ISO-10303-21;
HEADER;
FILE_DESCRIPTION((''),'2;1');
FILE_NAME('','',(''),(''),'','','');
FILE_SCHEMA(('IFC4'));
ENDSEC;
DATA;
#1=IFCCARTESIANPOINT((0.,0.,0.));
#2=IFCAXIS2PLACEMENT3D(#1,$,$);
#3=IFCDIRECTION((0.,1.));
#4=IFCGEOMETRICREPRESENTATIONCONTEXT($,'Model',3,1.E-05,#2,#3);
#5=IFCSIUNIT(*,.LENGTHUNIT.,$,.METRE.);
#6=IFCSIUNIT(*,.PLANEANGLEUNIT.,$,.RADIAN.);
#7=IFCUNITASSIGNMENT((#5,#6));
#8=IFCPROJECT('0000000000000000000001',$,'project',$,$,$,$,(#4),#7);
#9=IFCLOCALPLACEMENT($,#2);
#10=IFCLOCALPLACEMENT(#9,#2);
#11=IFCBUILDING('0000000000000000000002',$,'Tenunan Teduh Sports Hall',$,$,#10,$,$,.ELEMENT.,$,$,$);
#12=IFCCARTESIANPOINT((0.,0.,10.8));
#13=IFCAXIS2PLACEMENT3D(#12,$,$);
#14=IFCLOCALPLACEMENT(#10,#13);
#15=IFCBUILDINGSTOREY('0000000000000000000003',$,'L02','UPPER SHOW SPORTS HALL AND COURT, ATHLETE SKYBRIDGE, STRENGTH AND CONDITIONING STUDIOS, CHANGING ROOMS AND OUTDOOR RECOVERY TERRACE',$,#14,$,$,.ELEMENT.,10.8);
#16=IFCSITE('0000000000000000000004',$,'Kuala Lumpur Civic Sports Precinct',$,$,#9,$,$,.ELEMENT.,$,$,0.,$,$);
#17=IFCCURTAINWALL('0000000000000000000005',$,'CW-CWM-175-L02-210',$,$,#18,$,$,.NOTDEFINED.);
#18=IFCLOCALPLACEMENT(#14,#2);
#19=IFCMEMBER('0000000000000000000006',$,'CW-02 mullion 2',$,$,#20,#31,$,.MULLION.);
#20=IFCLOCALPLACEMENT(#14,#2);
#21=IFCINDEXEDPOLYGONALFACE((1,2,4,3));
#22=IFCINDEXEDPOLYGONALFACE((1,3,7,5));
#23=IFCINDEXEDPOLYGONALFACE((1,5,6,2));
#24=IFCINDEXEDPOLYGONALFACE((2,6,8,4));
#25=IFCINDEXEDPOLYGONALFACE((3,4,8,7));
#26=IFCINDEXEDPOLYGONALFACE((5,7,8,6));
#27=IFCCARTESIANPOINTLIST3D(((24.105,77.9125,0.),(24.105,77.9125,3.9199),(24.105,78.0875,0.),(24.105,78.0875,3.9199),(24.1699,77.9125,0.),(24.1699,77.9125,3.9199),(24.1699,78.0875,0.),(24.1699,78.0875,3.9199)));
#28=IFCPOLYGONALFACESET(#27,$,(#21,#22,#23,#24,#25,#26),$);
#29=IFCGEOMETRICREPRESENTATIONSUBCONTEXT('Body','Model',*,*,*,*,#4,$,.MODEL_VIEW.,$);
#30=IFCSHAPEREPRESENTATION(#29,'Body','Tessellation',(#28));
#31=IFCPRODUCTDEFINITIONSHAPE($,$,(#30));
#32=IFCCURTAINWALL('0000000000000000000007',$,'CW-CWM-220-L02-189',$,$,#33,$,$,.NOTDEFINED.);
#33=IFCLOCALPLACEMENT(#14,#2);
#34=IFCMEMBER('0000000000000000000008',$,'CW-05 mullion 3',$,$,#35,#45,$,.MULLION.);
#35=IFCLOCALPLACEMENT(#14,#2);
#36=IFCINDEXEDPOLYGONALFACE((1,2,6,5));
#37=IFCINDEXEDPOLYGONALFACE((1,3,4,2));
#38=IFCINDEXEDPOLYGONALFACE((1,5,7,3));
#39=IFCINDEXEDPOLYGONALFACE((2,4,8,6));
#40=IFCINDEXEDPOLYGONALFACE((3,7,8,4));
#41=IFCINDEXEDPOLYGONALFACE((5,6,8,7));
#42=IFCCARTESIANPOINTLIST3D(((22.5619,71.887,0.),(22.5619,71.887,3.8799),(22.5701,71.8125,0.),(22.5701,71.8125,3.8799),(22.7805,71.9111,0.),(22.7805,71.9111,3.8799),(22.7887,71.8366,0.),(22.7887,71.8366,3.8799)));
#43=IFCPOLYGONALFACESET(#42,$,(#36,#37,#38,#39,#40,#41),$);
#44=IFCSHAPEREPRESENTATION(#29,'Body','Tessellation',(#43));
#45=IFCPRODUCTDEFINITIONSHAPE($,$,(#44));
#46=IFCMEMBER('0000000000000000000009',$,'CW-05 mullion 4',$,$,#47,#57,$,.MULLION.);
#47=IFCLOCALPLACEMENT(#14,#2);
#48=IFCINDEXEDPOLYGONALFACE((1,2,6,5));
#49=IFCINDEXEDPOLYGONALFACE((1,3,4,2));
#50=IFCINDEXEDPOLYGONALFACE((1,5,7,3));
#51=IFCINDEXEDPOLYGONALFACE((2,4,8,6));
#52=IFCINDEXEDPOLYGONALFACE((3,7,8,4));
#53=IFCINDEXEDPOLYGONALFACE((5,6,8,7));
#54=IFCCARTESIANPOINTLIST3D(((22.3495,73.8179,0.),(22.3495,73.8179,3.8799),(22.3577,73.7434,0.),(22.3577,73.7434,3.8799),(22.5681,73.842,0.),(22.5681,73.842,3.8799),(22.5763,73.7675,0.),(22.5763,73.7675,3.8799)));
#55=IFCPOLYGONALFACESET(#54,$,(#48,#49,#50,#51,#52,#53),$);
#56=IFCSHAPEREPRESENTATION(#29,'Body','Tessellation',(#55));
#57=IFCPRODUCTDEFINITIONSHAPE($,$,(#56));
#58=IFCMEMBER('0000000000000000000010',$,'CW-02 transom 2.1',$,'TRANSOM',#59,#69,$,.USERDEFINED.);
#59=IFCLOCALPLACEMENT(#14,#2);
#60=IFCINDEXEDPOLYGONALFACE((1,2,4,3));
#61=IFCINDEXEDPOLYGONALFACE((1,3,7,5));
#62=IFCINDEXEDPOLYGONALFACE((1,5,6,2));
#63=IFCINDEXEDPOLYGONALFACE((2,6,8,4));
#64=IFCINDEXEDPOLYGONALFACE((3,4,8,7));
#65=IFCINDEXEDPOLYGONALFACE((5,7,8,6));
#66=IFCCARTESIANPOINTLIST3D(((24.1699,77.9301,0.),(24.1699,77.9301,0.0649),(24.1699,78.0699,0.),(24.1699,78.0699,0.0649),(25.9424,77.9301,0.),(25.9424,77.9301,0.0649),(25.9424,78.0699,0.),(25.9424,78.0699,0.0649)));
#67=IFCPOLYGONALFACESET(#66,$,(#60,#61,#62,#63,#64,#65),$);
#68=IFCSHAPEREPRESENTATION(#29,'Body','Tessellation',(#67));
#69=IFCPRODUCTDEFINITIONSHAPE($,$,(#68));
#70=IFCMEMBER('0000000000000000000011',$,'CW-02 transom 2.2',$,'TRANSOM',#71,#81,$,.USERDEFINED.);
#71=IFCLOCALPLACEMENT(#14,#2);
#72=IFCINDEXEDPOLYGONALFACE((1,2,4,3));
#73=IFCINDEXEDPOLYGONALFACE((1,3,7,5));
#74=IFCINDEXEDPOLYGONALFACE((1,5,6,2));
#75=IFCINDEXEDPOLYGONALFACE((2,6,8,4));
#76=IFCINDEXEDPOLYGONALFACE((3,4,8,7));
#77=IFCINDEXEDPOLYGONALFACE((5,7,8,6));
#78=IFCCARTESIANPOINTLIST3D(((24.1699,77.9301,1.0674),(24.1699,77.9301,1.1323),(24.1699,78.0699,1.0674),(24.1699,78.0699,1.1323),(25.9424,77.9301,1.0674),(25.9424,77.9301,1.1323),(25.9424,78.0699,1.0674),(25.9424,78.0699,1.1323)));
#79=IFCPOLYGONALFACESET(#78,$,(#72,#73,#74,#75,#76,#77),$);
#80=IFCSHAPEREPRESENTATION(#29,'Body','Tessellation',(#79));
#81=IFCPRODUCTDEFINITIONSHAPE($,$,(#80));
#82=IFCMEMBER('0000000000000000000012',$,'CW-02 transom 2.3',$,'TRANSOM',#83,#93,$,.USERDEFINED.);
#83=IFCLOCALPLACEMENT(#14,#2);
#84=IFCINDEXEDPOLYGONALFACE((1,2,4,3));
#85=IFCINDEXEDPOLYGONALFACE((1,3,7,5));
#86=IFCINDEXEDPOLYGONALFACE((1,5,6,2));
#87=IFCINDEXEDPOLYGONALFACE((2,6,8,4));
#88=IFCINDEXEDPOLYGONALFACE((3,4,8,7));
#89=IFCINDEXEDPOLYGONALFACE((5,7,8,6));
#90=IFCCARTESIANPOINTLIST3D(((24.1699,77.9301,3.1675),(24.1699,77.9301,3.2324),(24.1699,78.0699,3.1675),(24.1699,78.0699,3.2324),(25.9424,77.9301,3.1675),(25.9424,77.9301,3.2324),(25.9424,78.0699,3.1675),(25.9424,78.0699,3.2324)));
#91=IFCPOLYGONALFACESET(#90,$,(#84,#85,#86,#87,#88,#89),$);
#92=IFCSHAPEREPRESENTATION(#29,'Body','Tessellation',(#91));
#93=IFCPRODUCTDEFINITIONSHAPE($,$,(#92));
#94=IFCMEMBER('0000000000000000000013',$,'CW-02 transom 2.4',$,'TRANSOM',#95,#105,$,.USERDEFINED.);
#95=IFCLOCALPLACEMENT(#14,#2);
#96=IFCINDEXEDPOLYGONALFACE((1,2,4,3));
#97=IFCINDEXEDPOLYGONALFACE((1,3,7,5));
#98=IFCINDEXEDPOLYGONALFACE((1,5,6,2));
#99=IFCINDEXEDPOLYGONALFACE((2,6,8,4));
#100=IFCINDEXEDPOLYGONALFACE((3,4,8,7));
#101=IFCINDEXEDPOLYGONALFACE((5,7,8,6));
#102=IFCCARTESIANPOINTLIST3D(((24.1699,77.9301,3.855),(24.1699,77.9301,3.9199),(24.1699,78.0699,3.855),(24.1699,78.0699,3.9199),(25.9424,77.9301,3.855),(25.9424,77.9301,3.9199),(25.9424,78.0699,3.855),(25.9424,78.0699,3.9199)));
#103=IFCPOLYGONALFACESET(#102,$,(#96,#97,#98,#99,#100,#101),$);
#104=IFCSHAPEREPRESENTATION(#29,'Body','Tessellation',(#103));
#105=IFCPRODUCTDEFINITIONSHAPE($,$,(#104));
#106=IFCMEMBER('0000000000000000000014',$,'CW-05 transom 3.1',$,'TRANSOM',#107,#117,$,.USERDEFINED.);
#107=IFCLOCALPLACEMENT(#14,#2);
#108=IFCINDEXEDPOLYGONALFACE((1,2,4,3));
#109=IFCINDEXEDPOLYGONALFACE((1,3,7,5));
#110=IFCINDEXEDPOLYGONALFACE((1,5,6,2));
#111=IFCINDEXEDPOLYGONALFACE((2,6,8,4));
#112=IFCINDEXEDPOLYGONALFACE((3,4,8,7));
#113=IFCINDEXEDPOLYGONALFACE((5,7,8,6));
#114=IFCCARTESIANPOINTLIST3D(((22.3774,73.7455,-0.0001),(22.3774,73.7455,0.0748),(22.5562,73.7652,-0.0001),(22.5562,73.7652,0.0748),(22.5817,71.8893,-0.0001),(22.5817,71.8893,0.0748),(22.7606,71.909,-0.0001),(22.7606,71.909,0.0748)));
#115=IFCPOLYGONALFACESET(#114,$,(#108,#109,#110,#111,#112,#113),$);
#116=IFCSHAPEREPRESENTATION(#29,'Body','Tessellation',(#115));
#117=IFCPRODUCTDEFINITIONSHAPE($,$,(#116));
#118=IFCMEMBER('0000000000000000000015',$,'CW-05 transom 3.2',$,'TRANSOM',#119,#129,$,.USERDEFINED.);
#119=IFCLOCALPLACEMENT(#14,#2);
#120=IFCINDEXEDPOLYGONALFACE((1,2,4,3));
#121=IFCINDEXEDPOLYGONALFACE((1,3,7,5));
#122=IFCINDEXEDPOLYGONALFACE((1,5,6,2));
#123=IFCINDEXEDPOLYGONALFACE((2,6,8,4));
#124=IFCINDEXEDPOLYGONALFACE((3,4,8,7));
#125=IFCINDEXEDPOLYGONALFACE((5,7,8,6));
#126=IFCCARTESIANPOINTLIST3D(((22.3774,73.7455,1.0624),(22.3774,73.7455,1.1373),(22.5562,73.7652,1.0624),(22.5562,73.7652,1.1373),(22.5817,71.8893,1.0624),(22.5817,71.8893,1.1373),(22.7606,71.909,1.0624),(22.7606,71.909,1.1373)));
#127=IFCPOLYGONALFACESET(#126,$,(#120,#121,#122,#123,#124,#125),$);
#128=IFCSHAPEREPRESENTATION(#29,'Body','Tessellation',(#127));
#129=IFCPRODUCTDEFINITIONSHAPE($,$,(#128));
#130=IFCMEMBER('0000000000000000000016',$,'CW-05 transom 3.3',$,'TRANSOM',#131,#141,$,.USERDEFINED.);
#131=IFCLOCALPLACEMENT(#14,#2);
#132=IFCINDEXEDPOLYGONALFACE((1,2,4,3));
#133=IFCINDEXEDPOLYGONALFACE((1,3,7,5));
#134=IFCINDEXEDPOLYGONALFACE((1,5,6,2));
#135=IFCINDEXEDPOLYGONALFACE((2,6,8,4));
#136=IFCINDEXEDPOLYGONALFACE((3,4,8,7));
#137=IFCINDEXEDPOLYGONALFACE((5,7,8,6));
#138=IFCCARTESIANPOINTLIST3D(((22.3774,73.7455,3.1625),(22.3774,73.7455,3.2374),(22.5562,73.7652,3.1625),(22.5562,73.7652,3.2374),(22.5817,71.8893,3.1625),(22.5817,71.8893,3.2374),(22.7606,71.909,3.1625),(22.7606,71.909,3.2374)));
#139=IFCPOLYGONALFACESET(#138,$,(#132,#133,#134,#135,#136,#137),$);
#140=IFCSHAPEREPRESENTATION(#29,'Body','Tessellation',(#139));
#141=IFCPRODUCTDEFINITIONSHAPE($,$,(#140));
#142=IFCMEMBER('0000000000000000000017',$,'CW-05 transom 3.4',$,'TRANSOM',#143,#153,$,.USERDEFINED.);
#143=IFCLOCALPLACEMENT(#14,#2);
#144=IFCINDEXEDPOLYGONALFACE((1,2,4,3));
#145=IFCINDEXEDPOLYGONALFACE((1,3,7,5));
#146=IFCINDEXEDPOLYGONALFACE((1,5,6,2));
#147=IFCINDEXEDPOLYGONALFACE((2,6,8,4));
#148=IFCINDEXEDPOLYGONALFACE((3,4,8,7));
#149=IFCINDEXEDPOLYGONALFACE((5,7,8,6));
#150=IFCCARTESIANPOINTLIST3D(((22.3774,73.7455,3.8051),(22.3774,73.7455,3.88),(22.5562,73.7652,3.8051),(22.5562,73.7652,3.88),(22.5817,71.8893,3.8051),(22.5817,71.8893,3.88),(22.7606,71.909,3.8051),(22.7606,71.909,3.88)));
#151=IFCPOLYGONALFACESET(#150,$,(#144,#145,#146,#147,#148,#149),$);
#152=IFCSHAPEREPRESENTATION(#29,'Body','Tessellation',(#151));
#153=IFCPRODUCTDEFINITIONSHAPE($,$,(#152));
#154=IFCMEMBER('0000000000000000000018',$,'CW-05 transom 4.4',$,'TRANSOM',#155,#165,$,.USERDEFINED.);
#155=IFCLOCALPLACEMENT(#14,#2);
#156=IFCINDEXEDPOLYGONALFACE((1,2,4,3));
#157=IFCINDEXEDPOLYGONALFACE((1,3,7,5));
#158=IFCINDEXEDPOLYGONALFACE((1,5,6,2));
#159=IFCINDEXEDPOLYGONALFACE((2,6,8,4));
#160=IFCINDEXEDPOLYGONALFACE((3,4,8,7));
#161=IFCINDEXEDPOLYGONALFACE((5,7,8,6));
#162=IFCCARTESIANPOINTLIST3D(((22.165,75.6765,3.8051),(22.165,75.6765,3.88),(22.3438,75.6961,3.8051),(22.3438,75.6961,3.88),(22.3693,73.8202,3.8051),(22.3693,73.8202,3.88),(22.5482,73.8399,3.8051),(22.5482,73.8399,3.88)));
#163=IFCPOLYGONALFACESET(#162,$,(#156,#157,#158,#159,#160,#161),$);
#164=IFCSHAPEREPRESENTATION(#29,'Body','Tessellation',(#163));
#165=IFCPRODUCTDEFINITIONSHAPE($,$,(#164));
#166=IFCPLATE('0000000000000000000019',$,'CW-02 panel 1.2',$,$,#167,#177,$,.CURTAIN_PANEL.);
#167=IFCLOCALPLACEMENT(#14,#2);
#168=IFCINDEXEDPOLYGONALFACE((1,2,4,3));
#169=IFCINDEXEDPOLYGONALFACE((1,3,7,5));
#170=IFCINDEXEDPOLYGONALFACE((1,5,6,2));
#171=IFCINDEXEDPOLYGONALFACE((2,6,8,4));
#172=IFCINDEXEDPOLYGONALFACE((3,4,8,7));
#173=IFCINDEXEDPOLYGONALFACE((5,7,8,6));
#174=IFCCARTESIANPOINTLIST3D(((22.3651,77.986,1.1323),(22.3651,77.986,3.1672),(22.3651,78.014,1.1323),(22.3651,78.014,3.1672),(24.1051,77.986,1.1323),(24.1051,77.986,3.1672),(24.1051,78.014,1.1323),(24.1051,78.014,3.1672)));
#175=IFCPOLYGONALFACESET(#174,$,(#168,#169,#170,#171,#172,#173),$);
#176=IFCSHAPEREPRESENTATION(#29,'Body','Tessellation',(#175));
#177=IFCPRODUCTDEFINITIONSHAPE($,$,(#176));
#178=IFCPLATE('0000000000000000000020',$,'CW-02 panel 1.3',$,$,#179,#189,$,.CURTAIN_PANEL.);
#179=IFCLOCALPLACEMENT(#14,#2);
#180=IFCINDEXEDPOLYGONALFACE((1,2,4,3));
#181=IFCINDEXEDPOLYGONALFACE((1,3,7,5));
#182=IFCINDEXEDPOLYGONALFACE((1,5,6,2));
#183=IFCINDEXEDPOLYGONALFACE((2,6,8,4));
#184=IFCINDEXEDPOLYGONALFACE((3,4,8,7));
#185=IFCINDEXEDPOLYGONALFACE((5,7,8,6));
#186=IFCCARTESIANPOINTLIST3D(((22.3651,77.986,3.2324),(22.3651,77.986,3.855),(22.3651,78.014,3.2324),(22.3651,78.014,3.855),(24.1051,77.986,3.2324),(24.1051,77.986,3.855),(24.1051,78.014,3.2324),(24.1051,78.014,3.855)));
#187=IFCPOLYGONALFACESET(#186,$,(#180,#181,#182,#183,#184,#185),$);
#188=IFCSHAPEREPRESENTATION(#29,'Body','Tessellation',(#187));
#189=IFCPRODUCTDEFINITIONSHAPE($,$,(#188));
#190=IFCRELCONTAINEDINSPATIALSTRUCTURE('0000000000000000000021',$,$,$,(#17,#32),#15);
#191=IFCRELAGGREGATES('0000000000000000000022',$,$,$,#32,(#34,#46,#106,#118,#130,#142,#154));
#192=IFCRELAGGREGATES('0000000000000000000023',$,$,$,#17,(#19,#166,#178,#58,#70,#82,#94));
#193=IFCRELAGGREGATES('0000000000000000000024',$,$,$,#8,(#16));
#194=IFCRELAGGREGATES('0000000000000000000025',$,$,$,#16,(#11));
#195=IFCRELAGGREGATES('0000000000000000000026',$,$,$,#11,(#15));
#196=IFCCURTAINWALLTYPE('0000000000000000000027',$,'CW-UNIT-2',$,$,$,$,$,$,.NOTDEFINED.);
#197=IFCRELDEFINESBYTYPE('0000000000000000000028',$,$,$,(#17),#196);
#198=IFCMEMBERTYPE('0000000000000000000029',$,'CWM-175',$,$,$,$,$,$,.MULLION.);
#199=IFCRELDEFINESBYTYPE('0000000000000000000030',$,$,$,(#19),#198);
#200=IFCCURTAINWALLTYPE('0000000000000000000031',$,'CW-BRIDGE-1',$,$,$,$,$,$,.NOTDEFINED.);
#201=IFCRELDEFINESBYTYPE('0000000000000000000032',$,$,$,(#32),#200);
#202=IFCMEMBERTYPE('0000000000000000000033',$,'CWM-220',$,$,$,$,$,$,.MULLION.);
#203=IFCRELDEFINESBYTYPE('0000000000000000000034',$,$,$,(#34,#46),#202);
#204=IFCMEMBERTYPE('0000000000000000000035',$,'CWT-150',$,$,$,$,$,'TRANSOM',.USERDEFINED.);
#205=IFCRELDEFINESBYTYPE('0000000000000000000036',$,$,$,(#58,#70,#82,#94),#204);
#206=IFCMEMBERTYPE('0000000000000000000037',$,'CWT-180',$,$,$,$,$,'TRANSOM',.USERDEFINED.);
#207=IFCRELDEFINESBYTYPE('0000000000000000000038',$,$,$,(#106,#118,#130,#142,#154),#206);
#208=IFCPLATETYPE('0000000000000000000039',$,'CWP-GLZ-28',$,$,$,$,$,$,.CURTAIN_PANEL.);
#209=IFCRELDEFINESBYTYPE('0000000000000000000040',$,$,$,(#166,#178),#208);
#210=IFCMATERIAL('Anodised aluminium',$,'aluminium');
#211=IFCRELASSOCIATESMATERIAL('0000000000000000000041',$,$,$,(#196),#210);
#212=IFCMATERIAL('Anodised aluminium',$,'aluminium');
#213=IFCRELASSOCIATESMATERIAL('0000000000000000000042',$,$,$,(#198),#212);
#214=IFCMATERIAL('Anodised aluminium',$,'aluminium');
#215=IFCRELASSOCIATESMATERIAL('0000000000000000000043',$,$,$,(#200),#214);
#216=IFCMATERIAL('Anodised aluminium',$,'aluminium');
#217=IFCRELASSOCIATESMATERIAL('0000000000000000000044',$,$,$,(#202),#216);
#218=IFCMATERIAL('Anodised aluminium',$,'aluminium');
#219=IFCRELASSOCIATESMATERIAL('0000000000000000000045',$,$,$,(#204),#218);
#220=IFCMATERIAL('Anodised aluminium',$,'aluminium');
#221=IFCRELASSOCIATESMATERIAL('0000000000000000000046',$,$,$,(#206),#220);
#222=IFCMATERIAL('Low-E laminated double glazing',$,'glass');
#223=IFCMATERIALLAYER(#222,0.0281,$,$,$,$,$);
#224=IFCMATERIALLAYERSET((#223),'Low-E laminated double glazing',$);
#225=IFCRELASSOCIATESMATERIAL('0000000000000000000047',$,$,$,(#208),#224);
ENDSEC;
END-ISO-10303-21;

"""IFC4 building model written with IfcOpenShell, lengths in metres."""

from ifc_helpers import new_model, si_unit, direction, frame, origin, origin_2d, place, context, subcontext, project, spatial, rectangle, extrude, material, layer, layer_set, material_profile, profile_set, type_object, element, aggregate, save


model = new_model("IFC4")

# Units and contexts
model_context = context("Model", 3, precision=1e-05, world=origin(), true_north=direction((0.0, 1.0)))
body_context = subcontext(model_context, "Body", "Model", "MODEL_VIEW")
ifc_project = project(units=[si_unit("LENGTHUNIT", "METRE"), si_unit("PLANEANGLEUNIT", "RADIAN")], contexts=[model_context])

# Site, building, storey
site_placement = place(None, origin())
site = spatial("IfcSite", under=ifc_project, at=site_placement, Name="Kuala Lumpur Civic Sports Precinct", CompositionType="ELEMENT", RefElevation=0.0)
building_placement = place(site_placement, origin())
building = spatial("IfcBuilding", under=site, at=building_placement, Name="Tenunan Teduh Sports Hall", CompositionType="ELEMENT")
storey_placement = place(building_placement, frame((0.0, 0.0, 10.8)))
storey = spatial("IfcBuildingStorey", under=building, at=storey_placement, Name="L02", Description="UPPER SHOW SPORTS HALL AND COURT, ATHLETE SKYBRIDGE, STRENGTH AND CONDITIONING STUDIOS, CHANGING ROOMS AND OUTDOOR RECOVERY TERRACE", CompositionType="ELEMENT", Elevation=10.8)

# Curtain wall, member
ifc_material_1 = material(Name="Anodised aluminium", Category="aluminium")
curtain_wall_type_1 = type_object("IfcCurtainWallType", Name="CW-UNIT-2", PredefinedType="NOTDEFINED", material=ifc_material_1)
curtain_wall_1_placement = place(storey_placement, origin())
curtain_wall_1 = element("IfcCurtainWall", 1, at=curtain_wall_1_placement, inside=storey, type_object=curtain_wall_type_1, Name="CW-CWM-175-L02-210", PredefinedType="NOTDEFINED")
ifc_material_2 = material(Name="Anodised aluminium", Category="aluminium")
ifc_material_profile_1 = material_profile(ifc_material_2, rectangle(XDim=0.0649, YDim=0.175, at=origin_2d()), Name="CWM 65x175")
ifc_profile_set_1 = profile_set([ifc_material_profile_1], Name="Anodised aluminium")
member_type_1 = type_object("IfcMemberType", Name="CWM-175", PredefinedType="MULLION", material=ifc_profile_set_1)
member_1_placement = place(storey_placement, frame((24.1375, 78.0, 0.0), z_axis=(0.0, 0.0, 1.0), x_axis=(1.0, 0.0, 0.0)))
member_1 = element("IfcMember", 2, at=member_1_placement, type_object=member_type_1, Name="CW-02 mullion 2", PredefinedType="MULLION", context=body_context, shape_type="SweptSolid", body=[
    extrude(rectangle(XDim=0.0649, YDim=0.175, at=origin_2d()), origin(), (0.0, 0.0, 1.0), 3.9199),
])

# Curtain wall, members
ifc_material_3 = material(Name="Anodised aluminium", Category="aluminium")
curtain_wall_type_2 = type_object("IfcCurtainWallType", Name="CW-BRIDGE-1", PredefinedType="NOTDEFINED", material=ifc_material_3)
curtain_wall_2_placement = place(storey_placement, origin())
curtain_wall_2 = element("IfcCurtainWall", 3, at=curtain_wall_2_placement, inside=storey, type_object=curtain_wall_type_2, Name="CW-CWM-220-L02-189", PredefinedType="NOTDEFINED")
ifc_material_4 = material(Name="Anodised aluminium", Category="aluminium")
ifc_material_profile_2 = material_profile(ifc_material_4, rectangle(XDim=0.075, YDim=0.22, at=origin_2d()), Name="CWM 75x220")
ifc_profile_set_2 = profile_set([ifc_material_profile_2], Name="Anodised aluminium")
member_type_2 = type_object("IfcMemberType", Name="CWM-220", PredefinedType="MULLION", material=ifc_profile_set_2)
member_2_placement = place(storey_placement, frame((22.6753, 71.8618, 0.0), z_axis=(0.0, 0.0, 1.0), x_axis=(-0.109341, 0.994004, 0.0)))
member_2 = element("IfcMember", 4, at=member_2_placement, type_object=member_type_2, Name="CW-05 mullion 3", PredefinedType="MULLION", context=body_context, shape_type="SweptSolid", body=[
    extrude(rectangle(XDim=0.075, YDim=0.22, at=origin_2d()), origin(), (0.0, 0.0, 1.0), 3.8799),
])
member_3_placement = place(storey_placement, frame((22.4629, 73.7927, 0.0), z_axis=(0.0, 0.0, 1.0), x_axis=(-0.109341, 0.994004, 0.0)))
member_3 = element("IfcMember", 5, at=member_3_placement, type_object=member_type_2, Name="CW-05 mullion 4", PredefinedType="MULLION", context=body_context, shape_type="SweptSolid", body=[
    extrude(rectangle(XDim=0.075, YDim=0.22, at=origin_2d()), origin(), (0.0, 0.0, 1.0), 3.8799),
])

# Members
ifc_material_5 = material(Name="Anodised aluminium", Category="aluminium")
ifc_material_profile_3 = material_profile(ifc_material_5, rectangle(XDim=0.0649, YDim=0.1399, at=origin_2d()), Name="CWT 65x140")
ifc_profile_set_3 = profile_set([ifc_material_profile_3], Name="Anodised aluminium")
member_type_3 = type_object("IfcMemberType", Name="CWT-150", ElementType="TRANSOM", PredefinedType="USERDEFINED", material=ifc_profile_set_3)
member_4_placement = place(storey_placement, frame((24.1699, 78.0, 0.0325), z_axis=(1.0, 0.0, 0.0), x_axis=(0.0, 0.0, 1.0)))
member_4 = element("IfcMember", 6, at=member_4_placement, type_object=member_type_3, Name="CW-02 transom 2.1", ObjectType="TRANSOM", PredefinedType="USERDEFINED", context=body_context, shape_type="SweptSolid", body=[
    extrude(rectangle(XDim=0.0649, YDim=0.1399, at=origin_2d()), origin(), (0.0, 0.0, 1.0), 1.7725),
])
member_5_placement = place(storey_placement, frame((24.1699, 78.0, 1.0999), z_axis=(1.0, 0.0, 0.0), x_axis=(0.0, 0.0, 1.0)))
member_5 = element("IfcMember", 7, at=member_5_placement, type_object=member_type_3, Name="CW-02 transom 2.2", ObjectType="TRANSOM", PredefinedType="USERDEFINED", context=body_context, shape_type="SweptSolid", body=[
    extrude(rectangle(XDim=0.0649, YDim=0.1399, at=origin_2d()), origin(), (0.0, 0.0, 1.0), 1.7725),
])
member_6_placement = place(storey_placement, frame((24.1699, 78.0, 3.2), z_axis=(1.0, 0.0, 0.0), x_axis=(0.0, 0.0, 1.0)))
member_6 = element("IfcMember", 8, at=member_6_placement, type_object=member_type_3, Name="CW-02 transom 2.3", ObjectType="TRANSOM", PredefinedType="USERDEFINED", context=body_context, shape_type="SweptSolid", body=[
    extrude(rectangle(XDim=0.0649, YDim=0.1399, at=origin_2d()), origin(), (0.0, 0.0, 1.0), 1.7725),
])
member_7_placement = place(storey_placement, frame((24.1699, 78.0, 3.8875), z_axis=(1.0, 0.0, 0.0), x_axis=(0.0, 0.0, 1.0)))
member_7 = element("IfcMember", 9, at=member_7_placement, type_object=member_type_3, Name="CW-02 transom 2.4", ObjectType="TRANSOM", PredefinedType="USERDEFINED", context=body_context, shape_type="SweptSolid", body=[
    extrude(rectangle(XDim=0.0649, YDim=0.1399, at=origin_2d()), origin(), (0.0, 0.0, 1.0), 1.7725),
])
ifc_material_6 = material(Name="Anodised aluminium", Category="aluminium")
ifc_material_profile_4 = material_profile(ifc_material_6, rectangle(XDim=0.075, YDim=0.1799, at=origin_2d()), Name="CWT 75x180")
ifc_profile_set_4 = profile_set([ifc_material_profile_4], Name="Anodised aluminium")
member_type_4 = type_object("IfcMemberType", Name="CWT-180", ElementType="TRANSOM", PredefinedType="USERDEFINED", material=ifc_profile_set_4)
member_8_placement = place(storey_placement, frame((22.6711, 71.8992, 0.0374), z_axis=(-0.109427, 0.993995, 0.0), x_axis=(0.0, 0.0, 1.0)))
member_8 = element("IfcMember", 10, at=member_8_placement, type_object=member_type_4, Name="CW-05 transom 3.1", ObjectType="TRANSOM", PredefinedType="USERDEFINED", context=body_context, shape_type="SweptSolid", body=[
    extrude(rectangle(XDim=0.075, YDim=0.1799, at=origin_2d()), origin(), (0.0, 0.0, 1.0), 1.8674),
])
member_9_placement = place(storey_placement, frame((22.6711, 71.8992, 1.0999), z_axis=(-0.109427, 0.993995, 0.0), x_axis=(0.0, 0.0, 1.0)))
member_9 = element("IfcMember", 11, at=member_9_placement, type_object=member_type_4, Name="CW-05 transom 3.2", ObjectType="TRANSOM", PredefinedType="USERDEFINED", context=body_context, shape_type="SweptSolid", body=[
    extrude(rectangle(XDim=0.075, YDim=0.1799, at=origin_2d()), origin(), (0.0, 0.0, 1.0), 1.8674),
])
member_10_placement = place(storey_placement, frame((22.6711, 71.8992, 3.2), z_axis=(-0.109427, 0.993995, 0.0), x_axis=(0.0, 0.0, 1.0)))
member_10 = element("IfcMember", 12, at=member_10_placement, type_object=member_type_4, Name="CW-05 transom 3.3", ObjectType="TRANSOM", PredefinedType="USERDEFINED", context=body_context, shape_type="SweptSolid", body=[
    extrude(rectangle(XDim=0.075, YDim=0.1799, at=origin_2d()), origin(), (0.0, 0.0, 1.0), 1.8674),
])
member_11_placement = place(storey_placement, frame((22.6711, 71.8992, 3.8425), z_axis=(-0.109427, 0.993995, 0.0), x_axis=(0.0, 0.0, 1.0)))
member_11 = element("IfcMember", 13, at=member_11_placement, type_object=member_type_4, Name="CW-05 transom 3.4", ObjectType="TRANSOM", PredefinedType="USERDEFINED", context=body_context, shape_type="SweptSolid", body=[
    extrude(rectangle(XDim=0.075, YDim=0.1799, at=origin_2d()), origin(), (0.0, 0.0, 1.0), 1.8674),
])
member_12_placement = place(storey_placement, frame((22.4587, 73.8301, 3.8425), z_axis=(-0.109427, 0.993995, 0.0), x_axis=(0.0, 0.0, 1.0)))
member_12 = element("IfcMember", 14, at=member_12_placement, type_object=member_type_4, Name="CW-05 transom 4.4", ObjectType="TRANSOM", PredefinedType="USERDEFINED", context=body_context, shape_type="SweptSolid", body=[
    extrude(rectangle(XDim=0.075, YDim=0.1799, at=origin_2d()), origin(), (0.0, 0.0, 1.0), 1.8674),
])

# Plates
ifc_material_7 = material(Name="Low-E laminated double glazing", Category="glass")
ifc_layer_1 = layer(ifc_material_7, 0.0281)
ifc_layer_set_1 = layer_set([ifc_layer_1], Name="Low-E laminated double glazing")
plate_type_1 = type_object("IfcPlateType", Name="CWP-GLZ-28", PredefinedType="CURTAIN_PANEL", material=ifc_layer_set_1)
plate_1_placement = place(storey_placement, frame((23.2351, 78.0, 1.1323), z_axis=(0.0, 0.0, 1.0), x_axis=(1.0, 0.0, 0.0)))
plate_1 = element("IfcPlate", 15, at=plate_1_placement, type_object=plate_type_1, Name="CW-02 panel 1.2", PredefinedType="CURTAIN_PANEL", context=body_context, shape_type="SweptSolid", body=[
    extrude(rectangle(XDim=1.74, YDim=0.0281, at=origin_2d()), origin(), (0.0, 0.0, 1.0), 2.0349),
])
plate_2_placement = place(storey_placement, frame((23.2351, 78.0, 3.2324), z_axis=(0.0, 0.0, 1.0), x_axis=(1.0, 0.0, 0.0)))
plate_2 = element("IfcPlate", 16, at=plate_2_placement, type_object=plate_type_1, Name="CW-02 panel 1.3", PredefinedType="CURTAIN_PANEL", context=body_context, shape_type="SweptSolid", body=[
    extrude(rectangle(XDim=1.74, YDim=0.0281, at=origin_2d()), origin(), (0.0, 0.0, 1.0), 0.6226),
])
aggregate(curtain_wall_2, [member_2, member_3, member_8, member_9, member_10, member_11, member_12])
aggregate(curtain_wall_1, [member_1, plate_1, plate_2, member_4, member_5, member_6, member_7])

save(model, "model.ifc")
